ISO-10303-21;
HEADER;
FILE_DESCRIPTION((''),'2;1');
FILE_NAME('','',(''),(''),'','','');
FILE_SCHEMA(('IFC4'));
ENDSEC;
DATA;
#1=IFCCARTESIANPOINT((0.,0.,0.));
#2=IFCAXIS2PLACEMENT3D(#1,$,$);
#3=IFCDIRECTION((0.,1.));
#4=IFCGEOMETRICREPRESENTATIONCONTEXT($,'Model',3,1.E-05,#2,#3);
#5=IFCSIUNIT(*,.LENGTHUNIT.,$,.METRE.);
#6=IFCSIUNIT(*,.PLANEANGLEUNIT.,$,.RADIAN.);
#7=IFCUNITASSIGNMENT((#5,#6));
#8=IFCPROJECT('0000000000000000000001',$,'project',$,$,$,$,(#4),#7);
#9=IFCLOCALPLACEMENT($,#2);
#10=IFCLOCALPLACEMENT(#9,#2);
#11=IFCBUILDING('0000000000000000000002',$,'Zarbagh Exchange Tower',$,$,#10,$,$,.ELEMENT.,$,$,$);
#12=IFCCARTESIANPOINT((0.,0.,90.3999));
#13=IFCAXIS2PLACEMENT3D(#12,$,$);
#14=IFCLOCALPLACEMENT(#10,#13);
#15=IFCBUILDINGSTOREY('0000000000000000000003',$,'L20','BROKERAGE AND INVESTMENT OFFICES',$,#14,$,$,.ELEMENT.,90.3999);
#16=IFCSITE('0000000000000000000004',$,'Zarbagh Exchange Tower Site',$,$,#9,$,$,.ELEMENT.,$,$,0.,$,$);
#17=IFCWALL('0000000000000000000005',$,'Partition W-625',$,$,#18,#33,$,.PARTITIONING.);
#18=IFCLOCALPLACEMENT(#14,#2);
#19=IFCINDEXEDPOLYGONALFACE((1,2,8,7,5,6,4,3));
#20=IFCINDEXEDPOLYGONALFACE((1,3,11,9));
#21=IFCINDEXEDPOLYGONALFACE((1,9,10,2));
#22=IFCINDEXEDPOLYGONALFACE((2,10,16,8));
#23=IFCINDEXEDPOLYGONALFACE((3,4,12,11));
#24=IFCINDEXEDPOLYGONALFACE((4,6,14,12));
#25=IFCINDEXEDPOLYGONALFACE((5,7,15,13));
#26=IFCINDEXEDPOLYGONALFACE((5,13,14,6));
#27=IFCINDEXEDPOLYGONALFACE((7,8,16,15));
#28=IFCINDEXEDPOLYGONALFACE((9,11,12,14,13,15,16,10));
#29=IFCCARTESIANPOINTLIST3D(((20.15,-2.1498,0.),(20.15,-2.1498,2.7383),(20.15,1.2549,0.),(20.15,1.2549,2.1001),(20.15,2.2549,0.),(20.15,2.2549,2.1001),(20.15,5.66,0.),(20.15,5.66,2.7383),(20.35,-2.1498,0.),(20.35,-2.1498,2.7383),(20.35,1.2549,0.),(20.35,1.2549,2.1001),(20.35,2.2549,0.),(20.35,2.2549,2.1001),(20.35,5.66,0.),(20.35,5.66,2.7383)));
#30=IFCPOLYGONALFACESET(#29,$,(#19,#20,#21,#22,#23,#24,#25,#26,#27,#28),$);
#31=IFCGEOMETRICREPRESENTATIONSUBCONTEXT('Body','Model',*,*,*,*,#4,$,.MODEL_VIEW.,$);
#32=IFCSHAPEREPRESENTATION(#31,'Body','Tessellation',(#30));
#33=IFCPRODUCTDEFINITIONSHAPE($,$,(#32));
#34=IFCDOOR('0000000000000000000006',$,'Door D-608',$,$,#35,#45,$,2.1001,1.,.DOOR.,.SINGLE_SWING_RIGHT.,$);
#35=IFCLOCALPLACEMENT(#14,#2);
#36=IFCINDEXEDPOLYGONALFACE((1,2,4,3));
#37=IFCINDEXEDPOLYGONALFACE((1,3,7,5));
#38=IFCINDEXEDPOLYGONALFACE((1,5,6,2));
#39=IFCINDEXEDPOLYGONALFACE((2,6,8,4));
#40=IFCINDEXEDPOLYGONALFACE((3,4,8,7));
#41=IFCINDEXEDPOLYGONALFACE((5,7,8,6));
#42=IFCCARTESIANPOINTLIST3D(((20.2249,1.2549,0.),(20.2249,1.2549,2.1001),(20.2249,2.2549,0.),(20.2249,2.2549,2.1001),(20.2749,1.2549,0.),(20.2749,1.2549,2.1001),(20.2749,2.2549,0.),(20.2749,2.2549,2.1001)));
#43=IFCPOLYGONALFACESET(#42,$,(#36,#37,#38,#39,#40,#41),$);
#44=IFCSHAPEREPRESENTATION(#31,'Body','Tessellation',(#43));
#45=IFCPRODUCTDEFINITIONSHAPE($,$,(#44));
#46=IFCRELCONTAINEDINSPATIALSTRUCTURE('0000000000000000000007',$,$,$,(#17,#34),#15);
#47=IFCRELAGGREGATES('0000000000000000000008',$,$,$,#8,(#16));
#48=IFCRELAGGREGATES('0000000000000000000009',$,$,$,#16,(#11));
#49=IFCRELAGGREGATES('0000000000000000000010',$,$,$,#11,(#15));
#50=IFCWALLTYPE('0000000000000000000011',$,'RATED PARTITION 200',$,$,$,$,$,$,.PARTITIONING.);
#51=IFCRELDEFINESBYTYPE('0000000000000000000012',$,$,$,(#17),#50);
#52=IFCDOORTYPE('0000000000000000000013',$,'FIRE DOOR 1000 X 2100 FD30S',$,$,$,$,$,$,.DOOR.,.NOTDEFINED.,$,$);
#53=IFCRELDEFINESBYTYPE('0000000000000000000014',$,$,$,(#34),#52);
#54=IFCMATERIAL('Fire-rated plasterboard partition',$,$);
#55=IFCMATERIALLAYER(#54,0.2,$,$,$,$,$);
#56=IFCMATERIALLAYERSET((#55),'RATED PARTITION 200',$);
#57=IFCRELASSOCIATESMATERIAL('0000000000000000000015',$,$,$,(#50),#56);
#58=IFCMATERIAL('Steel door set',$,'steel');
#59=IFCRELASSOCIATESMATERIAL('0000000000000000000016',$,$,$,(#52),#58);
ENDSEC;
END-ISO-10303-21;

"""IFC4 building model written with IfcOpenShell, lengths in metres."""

from ifc_helpers import new_model, si_unit, direction, frame, frame_2d, origin, place, context, subcontext, project, spatial, rectangle, extrude, material, layer, layer_set, type_object, element, fill, save


model = new_model("IFC4")

# Units and contexts
model_context = context("Model", 3, precision=1e-05, world=origin(), true_north=direction((0.0, 1.0)))
body_context = subcontext(model_context, "Body", "Model", "MODEL_VIEW")
ifc_project = project(units=[si_unit("LENGTHUNIT", "METRE"), si_unit("PLANEANGLEUNIT", "RADIAN")], contexts=[model_context])

# Site, building, storey
site_placement = place(None, origin())
site = spatial("IfcSite", under=ifc_project, at=site_placement, Name="Zarbagh Exchange Tower Site", CompositionType="ELEMENT", RefElevation=0.0)
building_placement = place(site_placement, origin())
building = spatial("IfcBuilding", under=site, at=building_placement, Name="Zarbagh Exchange Tower", CompositionType="ELEMENT")
storey_placement = place(building_placement, frame((0.0, 0.0, 90.3999)))
storey = spatial("IfcBuildingStorey", under=building, at=storey_placement, Name="L20", Description="BROKERAGE AND INVESTMENT OFFICES", CompositionType="ELEMENT", Elevation=90.3999)

# Shared definitions
ifc_material_1 = material(Name="Fire-rated plasterboard partition")
ifc_layer = layer(ifc_material_1, 0.2)
ifc_layer_set = layer_set([ifc_layer], Name="RATED PARTITION 200")
wall_type = type_object("IfcWallType", Name="RATED PARTITION 200", PredefinedType="PARTITIONING", material=ifc_layer_set)

# Shared definitions
ifc_material_2 = material(Name="Steel door set", Category="steel")
door_type = type_object("IfcDoorType", Name="FIRE DOOR 1000 X 2100 FD30S", OperationType="NOTDEFINED", PredefinedType="DOOR", material=ifc_material_2)

# Wall, opening, door
wall_1_placement = place(storey_placement, frame((20.25, 5.6599, 0.0), z_axis=(0.0, 0.0, 1.0), x_axis=(0.0, -1.0, 0.0)))
wall_1 = element("IfcWall", 1, at=wall_1_placement, inside=storey, type_object=wall_type, Name="Partition W-625", PredefinedType="PARTITIONING", context=body_context, shape_type="SweptSolid", body=[
    extrude(rectangle(XDim=7.8098, YDim=0.2, at=frame_2d((3.9048, 0.0))), origin(), (0.0, 0.0, 1.0), 2.7383),
])
opening_1_placement = place(wall_1_placement, frame((3.405, 0.0, 0.0)))
opening_1 = element("IfcOpeningElement", 2, at=opening_1_placement, cuts=wall_1, PredefinedType="OPENING", context=body_context, shape_type="SweptSolid", body=[
    extrude(rectangle(XDim=1.0, YDim=2.1001, at=frame_2d((0.5, 1.05))), frame((0.0, 0.1099, 0.0), z_axis=(0.0, -1.0, 0.0), x_axis=(1.0, 0.0, 0.0)), (0.0, 0.0, 1.0), 0.22),
])
door_1_placement = place(opening_1_placement, origin())
door_1 = element("IfcDoor", 3, at=door_1_placement, inside=storey, type_object=door_type, Name="Door D-608", OperationType="SINGLE_SWING_RIGHT", OverallHeight=2.1001, OverallWidth=1.0, PredefinedType="DOOR", context=body_context, shape_type="SweptSolid", body=[
    extrude(rectangle(XDim=1.0, YDim=2.1001, at=frame_2d((0.5, 1.05))), frame((0.0, 0.0249, 0.0), z_axis=(0.0, -1.0, 0.0), x_axis=(1.0, 0.0, 0.0)), (0.0, 0.0, 1.0), 0.05),
])
fill(opening_1, door_1)

save(model, "model.ifc")
